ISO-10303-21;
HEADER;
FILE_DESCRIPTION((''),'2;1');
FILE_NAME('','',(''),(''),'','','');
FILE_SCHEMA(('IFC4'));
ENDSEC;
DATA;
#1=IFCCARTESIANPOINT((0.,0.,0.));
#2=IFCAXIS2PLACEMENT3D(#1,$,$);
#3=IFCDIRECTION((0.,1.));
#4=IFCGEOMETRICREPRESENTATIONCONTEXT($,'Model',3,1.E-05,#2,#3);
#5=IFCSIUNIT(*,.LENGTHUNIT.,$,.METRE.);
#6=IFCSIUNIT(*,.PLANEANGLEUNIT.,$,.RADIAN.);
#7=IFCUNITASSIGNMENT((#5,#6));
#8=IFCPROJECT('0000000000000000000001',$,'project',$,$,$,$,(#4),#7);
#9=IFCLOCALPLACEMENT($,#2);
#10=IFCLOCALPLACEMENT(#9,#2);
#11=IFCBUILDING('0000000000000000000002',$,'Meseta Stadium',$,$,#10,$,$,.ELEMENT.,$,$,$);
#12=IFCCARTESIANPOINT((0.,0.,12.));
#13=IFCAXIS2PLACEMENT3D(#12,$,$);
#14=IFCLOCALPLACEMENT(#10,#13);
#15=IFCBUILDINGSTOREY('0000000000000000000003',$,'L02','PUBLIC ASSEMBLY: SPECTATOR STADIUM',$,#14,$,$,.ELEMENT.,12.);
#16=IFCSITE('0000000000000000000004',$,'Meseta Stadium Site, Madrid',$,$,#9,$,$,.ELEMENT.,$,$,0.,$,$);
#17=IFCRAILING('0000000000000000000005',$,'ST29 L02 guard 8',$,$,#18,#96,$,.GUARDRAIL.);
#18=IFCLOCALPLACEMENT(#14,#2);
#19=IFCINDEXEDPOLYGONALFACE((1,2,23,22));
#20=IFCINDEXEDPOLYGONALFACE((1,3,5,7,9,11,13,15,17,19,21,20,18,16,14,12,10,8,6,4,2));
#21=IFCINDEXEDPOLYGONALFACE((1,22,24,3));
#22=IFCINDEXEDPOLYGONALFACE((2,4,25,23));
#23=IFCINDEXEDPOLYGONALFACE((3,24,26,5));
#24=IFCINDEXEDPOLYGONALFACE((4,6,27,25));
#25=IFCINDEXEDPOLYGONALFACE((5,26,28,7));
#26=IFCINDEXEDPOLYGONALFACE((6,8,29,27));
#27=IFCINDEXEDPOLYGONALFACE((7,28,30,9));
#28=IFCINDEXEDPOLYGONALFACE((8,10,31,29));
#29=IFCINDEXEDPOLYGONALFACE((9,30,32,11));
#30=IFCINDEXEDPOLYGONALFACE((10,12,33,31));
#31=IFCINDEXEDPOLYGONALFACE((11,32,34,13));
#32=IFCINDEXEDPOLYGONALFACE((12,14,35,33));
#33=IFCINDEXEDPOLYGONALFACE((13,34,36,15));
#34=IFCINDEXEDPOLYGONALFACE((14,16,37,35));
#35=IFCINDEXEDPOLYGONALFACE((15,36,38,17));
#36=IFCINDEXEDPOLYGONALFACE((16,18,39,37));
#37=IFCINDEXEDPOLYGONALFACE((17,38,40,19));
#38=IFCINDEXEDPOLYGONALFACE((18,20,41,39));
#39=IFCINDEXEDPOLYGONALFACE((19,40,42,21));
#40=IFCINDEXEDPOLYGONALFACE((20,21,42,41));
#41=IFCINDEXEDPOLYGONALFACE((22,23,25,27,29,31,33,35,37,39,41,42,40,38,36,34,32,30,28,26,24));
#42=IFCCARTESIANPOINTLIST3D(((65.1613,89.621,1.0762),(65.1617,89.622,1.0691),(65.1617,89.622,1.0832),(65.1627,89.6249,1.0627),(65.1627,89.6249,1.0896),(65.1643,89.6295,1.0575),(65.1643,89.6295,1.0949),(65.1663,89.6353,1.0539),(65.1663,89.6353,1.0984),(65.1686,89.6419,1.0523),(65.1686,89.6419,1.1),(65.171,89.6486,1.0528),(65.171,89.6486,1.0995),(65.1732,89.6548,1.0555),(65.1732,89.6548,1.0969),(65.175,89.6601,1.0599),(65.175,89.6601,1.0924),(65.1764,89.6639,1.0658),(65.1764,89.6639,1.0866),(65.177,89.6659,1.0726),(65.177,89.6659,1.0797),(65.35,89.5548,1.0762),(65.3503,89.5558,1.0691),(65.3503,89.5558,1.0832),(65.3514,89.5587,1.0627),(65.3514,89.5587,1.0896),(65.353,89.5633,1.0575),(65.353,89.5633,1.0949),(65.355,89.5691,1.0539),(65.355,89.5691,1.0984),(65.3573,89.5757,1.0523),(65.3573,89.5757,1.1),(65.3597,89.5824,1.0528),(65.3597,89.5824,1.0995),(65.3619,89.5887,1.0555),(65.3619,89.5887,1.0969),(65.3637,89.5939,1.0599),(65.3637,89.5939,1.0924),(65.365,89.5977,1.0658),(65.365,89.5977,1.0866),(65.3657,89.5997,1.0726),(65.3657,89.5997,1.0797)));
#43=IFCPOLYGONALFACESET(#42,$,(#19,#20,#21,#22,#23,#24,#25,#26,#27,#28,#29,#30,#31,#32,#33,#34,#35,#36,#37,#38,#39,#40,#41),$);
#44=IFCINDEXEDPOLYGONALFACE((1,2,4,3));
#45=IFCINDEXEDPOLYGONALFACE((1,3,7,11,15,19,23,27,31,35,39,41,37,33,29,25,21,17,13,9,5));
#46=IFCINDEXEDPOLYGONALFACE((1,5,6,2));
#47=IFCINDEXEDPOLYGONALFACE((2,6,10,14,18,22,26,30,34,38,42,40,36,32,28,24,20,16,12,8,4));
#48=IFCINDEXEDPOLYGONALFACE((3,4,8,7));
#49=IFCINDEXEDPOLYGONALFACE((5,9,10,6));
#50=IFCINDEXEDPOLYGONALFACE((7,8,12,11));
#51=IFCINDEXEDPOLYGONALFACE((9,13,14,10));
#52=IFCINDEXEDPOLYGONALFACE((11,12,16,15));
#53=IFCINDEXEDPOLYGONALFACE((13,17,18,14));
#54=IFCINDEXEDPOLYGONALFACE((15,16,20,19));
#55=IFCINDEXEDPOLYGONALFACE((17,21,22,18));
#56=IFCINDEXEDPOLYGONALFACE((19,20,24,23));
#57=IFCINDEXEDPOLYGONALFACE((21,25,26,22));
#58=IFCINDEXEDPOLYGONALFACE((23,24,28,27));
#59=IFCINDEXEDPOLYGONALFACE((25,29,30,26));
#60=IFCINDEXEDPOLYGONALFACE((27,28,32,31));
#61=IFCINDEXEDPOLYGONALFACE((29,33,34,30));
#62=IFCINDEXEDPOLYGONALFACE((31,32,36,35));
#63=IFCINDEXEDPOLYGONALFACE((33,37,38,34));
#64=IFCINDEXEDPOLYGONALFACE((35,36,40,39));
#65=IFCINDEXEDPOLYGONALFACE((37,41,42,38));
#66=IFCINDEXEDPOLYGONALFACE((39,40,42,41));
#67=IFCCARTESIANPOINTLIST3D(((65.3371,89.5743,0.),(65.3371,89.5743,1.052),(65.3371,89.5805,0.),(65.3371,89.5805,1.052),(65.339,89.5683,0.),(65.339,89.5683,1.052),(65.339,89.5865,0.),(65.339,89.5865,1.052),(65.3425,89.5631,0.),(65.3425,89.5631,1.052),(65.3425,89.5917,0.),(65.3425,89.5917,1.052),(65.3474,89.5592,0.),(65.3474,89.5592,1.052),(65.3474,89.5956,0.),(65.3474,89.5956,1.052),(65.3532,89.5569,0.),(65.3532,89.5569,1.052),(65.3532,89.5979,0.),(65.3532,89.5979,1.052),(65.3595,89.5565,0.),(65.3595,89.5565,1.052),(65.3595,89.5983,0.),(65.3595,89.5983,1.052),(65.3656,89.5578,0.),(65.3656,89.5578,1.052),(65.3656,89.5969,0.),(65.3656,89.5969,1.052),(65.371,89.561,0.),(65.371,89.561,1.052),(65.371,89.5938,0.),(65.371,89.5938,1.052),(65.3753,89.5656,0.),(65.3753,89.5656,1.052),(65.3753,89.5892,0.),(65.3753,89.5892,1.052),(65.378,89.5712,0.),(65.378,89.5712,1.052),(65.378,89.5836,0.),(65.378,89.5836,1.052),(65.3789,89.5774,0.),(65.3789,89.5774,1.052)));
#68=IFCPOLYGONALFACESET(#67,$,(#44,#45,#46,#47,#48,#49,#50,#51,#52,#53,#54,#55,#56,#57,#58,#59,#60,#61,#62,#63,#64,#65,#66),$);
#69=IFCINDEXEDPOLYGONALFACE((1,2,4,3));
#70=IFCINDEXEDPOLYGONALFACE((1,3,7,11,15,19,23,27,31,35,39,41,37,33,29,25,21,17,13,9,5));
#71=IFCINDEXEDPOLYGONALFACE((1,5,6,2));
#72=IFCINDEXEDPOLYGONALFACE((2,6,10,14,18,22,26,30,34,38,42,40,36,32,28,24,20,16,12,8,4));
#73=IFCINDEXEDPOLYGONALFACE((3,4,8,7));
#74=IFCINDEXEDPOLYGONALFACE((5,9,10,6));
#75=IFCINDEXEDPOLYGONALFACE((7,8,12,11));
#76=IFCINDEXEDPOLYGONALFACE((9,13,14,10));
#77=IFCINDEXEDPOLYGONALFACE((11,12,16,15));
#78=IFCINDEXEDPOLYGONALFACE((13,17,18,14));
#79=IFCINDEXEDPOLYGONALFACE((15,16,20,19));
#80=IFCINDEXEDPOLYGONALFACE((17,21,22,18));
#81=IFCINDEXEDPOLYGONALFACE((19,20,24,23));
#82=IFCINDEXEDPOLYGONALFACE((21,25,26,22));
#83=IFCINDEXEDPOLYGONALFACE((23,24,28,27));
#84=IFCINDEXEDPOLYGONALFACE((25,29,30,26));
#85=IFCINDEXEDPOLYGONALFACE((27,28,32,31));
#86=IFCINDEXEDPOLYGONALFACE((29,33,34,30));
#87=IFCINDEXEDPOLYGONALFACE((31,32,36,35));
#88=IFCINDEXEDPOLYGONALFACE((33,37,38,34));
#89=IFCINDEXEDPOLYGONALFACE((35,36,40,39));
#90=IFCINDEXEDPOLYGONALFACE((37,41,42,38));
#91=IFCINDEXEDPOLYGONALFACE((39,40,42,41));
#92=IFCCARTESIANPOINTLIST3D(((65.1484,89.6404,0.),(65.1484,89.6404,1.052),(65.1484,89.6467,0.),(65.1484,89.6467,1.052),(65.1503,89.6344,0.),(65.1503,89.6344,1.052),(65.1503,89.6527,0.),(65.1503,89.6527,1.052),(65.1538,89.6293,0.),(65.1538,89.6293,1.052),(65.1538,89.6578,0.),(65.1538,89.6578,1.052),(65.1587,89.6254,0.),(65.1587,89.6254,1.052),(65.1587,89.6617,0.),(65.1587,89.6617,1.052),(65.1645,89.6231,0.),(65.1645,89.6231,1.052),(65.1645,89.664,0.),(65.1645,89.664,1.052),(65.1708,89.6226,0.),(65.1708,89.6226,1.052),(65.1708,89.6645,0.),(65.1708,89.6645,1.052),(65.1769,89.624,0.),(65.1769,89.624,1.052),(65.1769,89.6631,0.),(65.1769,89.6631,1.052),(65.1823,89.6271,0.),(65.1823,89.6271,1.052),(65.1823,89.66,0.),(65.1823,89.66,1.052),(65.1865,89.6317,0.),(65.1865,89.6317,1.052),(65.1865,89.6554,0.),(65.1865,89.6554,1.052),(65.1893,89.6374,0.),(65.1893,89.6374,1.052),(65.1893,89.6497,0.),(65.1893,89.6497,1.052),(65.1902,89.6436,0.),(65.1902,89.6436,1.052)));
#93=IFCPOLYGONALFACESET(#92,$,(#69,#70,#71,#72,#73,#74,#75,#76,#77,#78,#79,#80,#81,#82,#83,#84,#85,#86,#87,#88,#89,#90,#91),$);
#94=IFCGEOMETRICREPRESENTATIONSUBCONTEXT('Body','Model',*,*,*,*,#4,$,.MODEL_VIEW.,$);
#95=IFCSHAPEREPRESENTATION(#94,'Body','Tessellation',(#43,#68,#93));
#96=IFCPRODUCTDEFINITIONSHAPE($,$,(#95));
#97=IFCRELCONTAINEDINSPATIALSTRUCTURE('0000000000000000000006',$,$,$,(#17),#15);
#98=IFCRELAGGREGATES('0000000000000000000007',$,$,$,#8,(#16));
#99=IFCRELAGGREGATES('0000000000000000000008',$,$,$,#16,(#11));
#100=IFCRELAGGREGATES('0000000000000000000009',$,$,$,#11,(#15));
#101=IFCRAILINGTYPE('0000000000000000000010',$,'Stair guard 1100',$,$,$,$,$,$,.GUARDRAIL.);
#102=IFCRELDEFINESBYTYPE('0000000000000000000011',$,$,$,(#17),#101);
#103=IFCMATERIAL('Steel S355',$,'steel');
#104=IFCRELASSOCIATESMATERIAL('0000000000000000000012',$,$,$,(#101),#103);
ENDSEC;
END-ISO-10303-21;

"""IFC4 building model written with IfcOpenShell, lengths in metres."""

from ifc_helpers import new_model, si_unit, direction, frame, origin, origin_2d, place, context, subcontext, project, spatial, circle, extrude, material, type_object, element, save


model = new_model("IFC4")

# Units and contexts
model_context = context("Model", 3, precision=1e-05, world=origin(), true_north=direction((0.0, 1.0)))
body_context = subcontext(model_context, "Body", "Model", "MODEL_VIEW")
ifc_project = project(units=[si_unit("LENGTHUNIT", "METRE"), si_unit("PLANEANGLEUNIT", "RADIAN")], contexts=[model_context])

# Site, building, storey
site_placement = place(None, origin())
site = spatial("IfcSite", under=ifc_project, at=site_placement, Name="Meseta Stadium Site, Madrid", CompositionType="ELEMENT", RefElevation=0.0)
building_placement = place(site_placement, origin())
building = spatial("IfcBuilding", under=site, at=building_placement, Name="Meseta Stadium", CompositionType="ELEMENT")
storey_placement = place(building_placement, frame((0.0, 0.0, 12.0)))
storey = spatial("IfcBuildingStorey", under=building, at=storey_placement, Name="L02", Description="PUBLIC ASSEMBLY: SPECTATOR STADIUM", CompositionType="ELEMENT", Elevation=12.0)

# Railing
ifc_material_1 = material(Name="Steel S355", Category="steel")
railing_type_1 = type_object("IfcRailingType", Name="Stair guard 1100", PredefinedType="GUARDRAIL", material=ifc_material_1)
railing_1_placement = place(storey_placement, frame((65.3579, 89.5774, 0.0)))
element("IfcRailing", 1, at=railing_1_placement, inside=storey, type_object=railing_type_1, Name="ST29 L02 guard 8", PredefinedType="GUARDRAIL", context=body_context, shape_type="SweptSolid", body=[
    extrude(circle(Radius=0.0239, at=origin_2d()), frame((0.0, 0.0, 1.0762), z_axis=(-0.943687, 0.33084, 0.0), x_axis=(-0.33084, -0.943687, 0.0)), (0.0, 0.0, 1.0), 0.2),
    extrude(circle(Radius=0.021, at=origin_2d()), origin(), (0.0, 0.0, 1.0), 1.052),
    extrude(circle(Radius=0.021, at=origin_2d()), frame((-0.1887, 0.0662, 0.0)), (0.0, 0.0, 1.0), 1.052),
])

save(model, "model.ifc")
